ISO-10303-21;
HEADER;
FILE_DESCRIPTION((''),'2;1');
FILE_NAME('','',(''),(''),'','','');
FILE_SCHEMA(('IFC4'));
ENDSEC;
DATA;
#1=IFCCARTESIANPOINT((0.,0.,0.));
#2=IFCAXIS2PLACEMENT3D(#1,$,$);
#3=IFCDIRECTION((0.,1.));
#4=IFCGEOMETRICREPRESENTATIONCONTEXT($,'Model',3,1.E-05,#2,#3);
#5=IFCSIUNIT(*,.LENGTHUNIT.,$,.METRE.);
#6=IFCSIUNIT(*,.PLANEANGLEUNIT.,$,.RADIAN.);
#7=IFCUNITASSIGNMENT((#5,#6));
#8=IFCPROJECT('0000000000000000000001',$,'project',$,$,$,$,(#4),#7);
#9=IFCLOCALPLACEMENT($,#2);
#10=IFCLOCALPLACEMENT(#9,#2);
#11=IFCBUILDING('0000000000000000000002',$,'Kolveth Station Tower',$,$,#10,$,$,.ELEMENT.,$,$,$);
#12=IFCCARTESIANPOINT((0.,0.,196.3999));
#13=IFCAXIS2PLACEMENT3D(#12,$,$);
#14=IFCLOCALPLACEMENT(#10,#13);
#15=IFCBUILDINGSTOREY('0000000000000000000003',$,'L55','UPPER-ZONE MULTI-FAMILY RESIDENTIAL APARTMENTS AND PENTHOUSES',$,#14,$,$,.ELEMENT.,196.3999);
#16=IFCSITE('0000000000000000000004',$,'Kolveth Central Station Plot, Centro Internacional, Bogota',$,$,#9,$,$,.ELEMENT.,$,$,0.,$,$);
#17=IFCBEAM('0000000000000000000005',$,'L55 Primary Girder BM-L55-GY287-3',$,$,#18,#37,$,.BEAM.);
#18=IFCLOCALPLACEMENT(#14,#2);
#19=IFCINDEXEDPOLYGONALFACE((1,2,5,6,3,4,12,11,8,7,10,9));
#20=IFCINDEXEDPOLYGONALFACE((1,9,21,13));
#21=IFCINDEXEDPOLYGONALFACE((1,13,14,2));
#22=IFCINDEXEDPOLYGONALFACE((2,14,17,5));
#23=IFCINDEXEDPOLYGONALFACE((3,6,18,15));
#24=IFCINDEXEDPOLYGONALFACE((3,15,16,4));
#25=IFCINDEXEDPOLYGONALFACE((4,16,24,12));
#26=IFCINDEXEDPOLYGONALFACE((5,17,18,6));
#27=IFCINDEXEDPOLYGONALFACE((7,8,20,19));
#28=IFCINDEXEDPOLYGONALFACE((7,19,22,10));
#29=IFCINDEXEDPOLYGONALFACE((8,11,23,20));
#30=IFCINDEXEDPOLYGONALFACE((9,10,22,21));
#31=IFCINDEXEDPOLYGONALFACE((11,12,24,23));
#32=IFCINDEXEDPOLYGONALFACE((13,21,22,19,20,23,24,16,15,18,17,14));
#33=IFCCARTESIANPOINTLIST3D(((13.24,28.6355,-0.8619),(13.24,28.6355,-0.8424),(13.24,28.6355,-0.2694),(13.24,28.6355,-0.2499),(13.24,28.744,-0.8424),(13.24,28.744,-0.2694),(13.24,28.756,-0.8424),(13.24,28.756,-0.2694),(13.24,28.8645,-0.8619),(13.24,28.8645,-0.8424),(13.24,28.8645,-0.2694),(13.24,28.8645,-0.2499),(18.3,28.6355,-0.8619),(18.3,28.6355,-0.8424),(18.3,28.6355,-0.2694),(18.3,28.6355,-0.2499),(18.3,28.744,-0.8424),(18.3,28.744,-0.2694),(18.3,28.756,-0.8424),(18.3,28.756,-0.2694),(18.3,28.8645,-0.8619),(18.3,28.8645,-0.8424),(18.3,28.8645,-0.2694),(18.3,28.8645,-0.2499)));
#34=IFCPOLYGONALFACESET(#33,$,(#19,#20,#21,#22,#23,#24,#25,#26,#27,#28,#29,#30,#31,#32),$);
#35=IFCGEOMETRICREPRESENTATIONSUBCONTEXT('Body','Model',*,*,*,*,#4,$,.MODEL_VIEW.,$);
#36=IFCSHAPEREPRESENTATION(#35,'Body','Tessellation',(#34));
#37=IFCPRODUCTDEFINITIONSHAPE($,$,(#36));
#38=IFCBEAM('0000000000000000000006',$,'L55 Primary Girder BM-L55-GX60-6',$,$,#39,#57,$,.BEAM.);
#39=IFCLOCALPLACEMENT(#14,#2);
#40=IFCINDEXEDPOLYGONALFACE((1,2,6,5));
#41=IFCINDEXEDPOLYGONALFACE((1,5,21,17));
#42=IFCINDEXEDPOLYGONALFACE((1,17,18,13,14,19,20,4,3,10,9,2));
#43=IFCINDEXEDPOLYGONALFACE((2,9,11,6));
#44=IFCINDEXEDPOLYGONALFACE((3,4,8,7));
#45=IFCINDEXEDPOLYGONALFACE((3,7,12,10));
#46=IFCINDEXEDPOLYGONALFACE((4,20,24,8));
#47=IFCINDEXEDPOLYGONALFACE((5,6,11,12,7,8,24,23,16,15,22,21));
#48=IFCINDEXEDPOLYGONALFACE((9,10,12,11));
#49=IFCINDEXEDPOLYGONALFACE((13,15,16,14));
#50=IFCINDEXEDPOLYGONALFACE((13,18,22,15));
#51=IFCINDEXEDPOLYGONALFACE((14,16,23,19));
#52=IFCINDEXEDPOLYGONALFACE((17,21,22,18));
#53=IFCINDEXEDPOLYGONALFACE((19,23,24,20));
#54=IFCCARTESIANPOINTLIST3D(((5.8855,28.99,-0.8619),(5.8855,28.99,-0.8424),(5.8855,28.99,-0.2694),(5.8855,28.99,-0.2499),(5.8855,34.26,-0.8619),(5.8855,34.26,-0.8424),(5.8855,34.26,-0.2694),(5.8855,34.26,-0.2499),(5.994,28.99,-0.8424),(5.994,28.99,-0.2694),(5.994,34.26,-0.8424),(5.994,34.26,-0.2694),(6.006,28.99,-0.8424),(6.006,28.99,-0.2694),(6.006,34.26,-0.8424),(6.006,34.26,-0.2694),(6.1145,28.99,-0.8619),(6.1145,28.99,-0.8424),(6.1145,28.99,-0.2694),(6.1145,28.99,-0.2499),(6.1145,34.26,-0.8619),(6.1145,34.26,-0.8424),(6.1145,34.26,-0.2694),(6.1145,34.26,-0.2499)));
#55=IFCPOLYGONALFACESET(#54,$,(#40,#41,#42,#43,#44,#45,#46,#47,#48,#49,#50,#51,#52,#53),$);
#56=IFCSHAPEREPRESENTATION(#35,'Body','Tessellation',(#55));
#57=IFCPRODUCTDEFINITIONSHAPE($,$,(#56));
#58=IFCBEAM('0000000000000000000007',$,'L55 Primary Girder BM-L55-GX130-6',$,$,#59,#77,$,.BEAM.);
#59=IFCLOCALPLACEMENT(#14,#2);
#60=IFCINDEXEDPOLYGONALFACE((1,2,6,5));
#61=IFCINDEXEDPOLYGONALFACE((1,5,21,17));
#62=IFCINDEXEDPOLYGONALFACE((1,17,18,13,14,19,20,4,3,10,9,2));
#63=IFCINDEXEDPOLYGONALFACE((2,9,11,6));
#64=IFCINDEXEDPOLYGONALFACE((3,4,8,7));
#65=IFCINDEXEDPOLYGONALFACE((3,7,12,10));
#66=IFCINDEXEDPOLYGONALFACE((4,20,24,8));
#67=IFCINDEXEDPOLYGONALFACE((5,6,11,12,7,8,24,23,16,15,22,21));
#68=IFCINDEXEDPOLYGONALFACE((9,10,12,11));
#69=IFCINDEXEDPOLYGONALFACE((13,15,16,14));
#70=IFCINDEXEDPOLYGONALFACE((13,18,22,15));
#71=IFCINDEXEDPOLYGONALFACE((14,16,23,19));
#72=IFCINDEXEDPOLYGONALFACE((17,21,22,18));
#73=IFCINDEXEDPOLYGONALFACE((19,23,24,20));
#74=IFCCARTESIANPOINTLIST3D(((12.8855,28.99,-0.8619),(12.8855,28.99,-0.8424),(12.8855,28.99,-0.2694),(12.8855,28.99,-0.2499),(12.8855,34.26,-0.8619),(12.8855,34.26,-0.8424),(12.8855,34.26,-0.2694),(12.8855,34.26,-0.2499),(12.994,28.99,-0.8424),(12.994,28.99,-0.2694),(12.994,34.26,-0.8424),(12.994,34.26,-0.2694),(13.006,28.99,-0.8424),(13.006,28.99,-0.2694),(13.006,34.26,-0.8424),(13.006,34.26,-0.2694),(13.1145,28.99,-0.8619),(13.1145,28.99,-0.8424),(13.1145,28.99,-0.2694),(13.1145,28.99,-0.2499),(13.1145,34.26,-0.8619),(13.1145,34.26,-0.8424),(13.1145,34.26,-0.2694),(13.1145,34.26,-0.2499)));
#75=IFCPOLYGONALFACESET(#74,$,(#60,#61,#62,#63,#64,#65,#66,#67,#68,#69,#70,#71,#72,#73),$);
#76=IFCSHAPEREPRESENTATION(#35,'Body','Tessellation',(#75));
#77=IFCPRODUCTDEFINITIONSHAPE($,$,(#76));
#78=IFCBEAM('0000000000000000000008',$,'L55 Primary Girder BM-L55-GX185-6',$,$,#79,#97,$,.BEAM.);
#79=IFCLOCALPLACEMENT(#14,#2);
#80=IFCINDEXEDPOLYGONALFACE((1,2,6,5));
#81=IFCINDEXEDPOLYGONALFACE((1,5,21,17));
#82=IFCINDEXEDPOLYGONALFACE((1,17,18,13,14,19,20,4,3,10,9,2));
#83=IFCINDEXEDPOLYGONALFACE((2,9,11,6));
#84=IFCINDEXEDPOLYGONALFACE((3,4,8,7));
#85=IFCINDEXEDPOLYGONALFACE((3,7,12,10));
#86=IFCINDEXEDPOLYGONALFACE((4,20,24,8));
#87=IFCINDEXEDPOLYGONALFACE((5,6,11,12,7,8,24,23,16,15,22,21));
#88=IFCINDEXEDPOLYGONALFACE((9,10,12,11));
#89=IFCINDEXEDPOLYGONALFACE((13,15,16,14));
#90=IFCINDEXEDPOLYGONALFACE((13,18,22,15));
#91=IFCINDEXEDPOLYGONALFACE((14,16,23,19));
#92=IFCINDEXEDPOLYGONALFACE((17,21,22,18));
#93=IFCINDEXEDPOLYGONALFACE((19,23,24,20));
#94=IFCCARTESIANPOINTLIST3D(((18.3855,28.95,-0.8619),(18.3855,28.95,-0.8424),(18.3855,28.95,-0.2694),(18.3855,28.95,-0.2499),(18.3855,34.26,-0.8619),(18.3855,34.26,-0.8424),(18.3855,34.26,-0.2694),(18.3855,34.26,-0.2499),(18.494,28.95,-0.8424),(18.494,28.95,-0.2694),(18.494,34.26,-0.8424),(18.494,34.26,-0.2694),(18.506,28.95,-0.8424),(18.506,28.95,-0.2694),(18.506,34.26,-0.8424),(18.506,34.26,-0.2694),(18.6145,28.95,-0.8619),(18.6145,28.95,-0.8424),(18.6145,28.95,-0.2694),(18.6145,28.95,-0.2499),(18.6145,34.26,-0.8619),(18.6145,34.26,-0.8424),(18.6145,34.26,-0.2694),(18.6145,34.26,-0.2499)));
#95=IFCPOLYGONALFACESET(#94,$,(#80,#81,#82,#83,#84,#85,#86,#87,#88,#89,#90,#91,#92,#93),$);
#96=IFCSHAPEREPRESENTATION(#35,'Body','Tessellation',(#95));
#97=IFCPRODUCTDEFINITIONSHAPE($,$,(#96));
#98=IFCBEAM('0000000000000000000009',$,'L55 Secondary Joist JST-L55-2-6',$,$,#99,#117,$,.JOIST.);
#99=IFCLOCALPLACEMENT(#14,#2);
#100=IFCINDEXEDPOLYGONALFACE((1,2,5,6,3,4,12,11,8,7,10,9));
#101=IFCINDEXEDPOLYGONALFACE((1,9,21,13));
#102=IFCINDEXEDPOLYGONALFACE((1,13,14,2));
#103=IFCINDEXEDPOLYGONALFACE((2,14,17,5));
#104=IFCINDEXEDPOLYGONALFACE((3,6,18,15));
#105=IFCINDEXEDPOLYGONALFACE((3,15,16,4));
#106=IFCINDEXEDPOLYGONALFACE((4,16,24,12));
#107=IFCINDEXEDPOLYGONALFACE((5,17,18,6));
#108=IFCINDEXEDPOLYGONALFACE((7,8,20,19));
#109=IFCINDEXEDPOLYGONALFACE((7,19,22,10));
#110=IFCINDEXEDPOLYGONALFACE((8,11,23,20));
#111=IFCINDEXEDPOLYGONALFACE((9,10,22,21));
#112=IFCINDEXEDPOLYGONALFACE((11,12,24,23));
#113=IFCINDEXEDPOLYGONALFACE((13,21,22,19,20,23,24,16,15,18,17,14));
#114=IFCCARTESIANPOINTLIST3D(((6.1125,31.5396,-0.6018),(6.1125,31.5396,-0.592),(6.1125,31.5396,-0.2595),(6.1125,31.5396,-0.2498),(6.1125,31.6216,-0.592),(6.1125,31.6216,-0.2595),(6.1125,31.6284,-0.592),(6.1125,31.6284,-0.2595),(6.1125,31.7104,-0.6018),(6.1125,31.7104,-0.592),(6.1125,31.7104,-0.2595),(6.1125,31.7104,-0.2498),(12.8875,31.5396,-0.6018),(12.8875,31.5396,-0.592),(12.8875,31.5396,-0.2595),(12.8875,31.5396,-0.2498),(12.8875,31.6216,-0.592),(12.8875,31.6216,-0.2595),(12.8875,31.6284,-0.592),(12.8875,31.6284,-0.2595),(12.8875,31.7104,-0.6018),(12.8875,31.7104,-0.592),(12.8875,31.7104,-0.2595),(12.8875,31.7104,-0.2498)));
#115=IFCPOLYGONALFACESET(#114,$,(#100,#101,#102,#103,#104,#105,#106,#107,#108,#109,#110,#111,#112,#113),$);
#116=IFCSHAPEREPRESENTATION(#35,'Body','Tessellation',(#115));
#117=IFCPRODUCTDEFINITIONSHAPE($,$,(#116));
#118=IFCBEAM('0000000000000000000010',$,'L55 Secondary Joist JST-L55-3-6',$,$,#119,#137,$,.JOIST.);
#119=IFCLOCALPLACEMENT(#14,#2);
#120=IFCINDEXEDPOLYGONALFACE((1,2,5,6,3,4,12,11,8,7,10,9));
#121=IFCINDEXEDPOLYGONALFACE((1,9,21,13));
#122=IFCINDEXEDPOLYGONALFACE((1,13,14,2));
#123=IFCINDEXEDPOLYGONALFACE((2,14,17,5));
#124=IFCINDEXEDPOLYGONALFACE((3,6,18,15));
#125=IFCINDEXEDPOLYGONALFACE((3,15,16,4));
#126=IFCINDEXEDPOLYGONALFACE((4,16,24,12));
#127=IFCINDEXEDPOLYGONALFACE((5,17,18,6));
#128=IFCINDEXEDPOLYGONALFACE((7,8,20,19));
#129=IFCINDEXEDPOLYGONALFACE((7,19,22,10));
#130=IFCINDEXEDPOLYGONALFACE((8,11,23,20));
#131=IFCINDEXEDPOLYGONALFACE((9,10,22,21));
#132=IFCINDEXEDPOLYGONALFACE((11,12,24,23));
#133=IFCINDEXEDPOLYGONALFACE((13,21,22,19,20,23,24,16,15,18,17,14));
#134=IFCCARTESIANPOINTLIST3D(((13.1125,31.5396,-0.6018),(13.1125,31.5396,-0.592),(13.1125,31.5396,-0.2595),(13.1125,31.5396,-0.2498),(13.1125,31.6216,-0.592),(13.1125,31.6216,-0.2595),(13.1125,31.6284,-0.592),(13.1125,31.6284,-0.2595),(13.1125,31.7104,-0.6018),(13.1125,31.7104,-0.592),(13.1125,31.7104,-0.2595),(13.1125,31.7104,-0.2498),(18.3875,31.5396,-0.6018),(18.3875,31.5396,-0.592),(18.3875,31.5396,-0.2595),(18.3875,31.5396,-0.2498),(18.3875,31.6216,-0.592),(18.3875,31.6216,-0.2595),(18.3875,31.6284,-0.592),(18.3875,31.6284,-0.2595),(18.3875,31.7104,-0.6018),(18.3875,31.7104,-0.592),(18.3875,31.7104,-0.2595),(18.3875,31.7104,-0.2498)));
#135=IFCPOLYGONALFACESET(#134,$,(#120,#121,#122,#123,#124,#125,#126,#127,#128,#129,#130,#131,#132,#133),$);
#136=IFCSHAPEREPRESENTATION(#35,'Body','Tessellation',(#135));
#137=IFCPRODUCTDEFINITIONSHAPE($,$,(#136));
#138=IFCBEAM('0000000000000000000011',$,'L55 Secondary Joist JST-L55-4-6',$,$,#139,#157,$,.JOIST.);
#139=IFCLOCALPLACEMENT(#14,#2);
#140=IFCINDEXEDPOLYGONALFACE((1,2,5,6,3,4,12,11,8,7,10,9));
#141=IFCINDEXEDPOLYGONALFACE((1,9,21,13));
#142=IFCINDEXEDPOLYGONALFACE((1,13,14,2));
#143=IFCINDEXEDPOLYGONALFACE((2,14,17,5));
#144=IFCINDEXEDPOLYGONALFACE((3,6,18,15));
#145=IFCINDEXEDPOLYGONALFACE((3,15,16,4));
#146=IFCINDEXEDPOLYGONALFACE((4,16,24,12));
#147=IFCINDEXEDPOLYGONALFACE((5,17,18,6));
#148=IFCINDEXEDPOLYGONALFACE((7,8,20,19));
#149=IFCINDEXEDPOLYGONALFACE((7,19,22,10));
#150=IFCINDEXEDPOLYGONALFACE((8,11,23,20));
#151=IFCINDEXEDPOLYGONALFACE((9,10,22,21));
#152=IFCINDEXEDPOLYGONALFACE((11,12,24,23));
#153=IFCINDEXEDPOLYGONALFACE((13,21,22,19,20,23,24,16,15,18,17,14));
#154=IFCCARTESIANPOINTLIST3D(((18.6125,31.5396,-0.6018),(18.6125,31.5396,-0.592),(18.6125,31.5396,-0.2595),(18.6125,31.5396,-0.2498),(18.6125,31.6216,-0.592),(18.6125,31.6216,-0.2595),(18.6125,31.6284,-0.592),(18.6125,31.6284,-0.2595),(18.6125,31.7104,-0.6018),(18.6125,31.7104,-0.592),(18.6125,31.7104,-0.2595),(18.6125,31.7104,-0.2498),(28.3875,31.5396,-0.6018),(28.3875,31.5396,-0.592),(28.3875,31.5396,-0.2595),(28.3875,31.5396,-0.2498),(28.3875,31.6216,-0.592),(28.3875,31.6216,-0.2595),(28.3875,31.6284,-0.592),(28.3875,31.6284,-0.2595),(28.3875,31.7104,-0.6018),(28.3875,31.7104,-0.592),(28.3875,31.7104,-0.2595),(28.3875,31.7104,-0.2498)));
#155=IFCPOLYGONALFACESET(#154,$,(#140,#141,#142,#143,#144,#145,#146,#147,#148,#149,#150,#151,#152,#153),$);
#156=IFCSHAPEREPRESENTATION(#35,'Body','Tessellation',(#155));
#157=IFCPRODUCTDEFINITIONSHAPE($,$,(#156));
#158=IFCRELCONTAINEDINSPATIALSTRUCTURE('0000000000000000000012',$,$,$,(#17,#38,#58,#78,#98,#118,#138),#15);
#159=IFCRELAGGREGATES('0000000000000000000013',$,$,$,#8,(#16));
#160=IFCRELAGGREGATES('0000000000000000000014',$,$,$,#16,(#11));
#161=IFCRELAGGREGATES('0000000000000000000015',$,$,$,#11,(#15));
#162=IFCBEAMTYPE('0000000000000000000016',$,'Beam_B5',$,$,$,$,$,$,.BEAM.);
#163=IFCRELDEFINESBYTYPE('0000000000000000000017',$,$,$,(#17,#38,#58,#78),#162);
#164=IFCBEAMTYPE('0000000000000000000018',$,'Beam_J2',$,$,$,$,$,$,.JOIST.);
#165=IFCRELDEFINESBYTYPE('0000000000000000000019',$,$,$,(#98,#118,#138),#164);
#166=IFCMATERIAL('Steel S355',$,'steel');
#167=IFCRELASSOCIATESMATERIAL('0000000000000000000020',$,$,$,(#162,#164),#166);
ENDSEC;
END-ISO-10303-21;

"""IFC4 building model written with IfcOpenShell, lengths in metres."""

from ifc_helpers import new_model, si_unit, direction, frame, origin, origin_2d, place, context, subcontext, project, spatial, i_section, extrude, source, transform, mapped, material, material_profile, profile_set, type_object, element, save


model = new_model("IFC4")

# Units and contexts
model_context = context("Model", 3, precision=1e-05, world=origin(), true_north=direction((0.0, 1.0)))
body_context = subcontext(model_context, "Body", "Model", "MODEL_VIEW")
ifc_project = project(units=[si_unit("LENGTHUNIT", "METRE"), si_unit("PLANEANGLEUNIT", "RADIAN")], contexts=[model_context])

# Site, building, storey
site_placement = place(None, origin())
site = spatial("IfcSite", under=ifc_project, at=site_placement, Name="Kolveth Central Station Plot, Centro Internacional, Bogota", CompositionType="ELEMENT", RefElevation=0.0)
building_placement = place(site_placement, origin())
building = spatial("IfcBuilding", under=site, at=building_placement, Name="Kolveth Station Tower", CompositionType="ELEMENT")
storey_placement = place(building_placement, frame((0.0, 0.0, 196.3999)))
storey = spatial("IfcBuildingStorey", under=building, at=storey_placement, Name="L55", Description="UPPER-ZONE MULTI-FAMILY RESIDENTIAL APARTMENTS AND PENTHOUSES", CompositionType="ELEMENT", Elevation=196.3999)

# Shared definitions
ifc_material_1 = material(Name="Steel S355", Category="steel")

# Beams
ifc_material_profile_1 = material_profile(ifc_material_1, i_section(OverallWidth=0.229, OverallDepth=0.6121, WebThickness=0.012, FlangeThickness=0.0195, at=origin_2d()), Name="W610x125")
ifc_profile_set_1 = profile_set([ifc_material_profile_1], Name="Steel S355")
beam_type_1 = type_object("IfcBeamType", Name="Beam_B5", PredefinedType="BEAM", material=ifc_profile_set_1)
shared_shape_1 = source(origin(), body_context, "Body", "SweptSolid", [
    extrude(i_section(OverallWidth=0.229, OverallDepth=0.6121, WebThickness=0.012, FlangeThickness=0.0195, at=origin_2d()), origin(), (0.0, 0.0, 1.0), 5.0601),
])
beam_1_placement = place(storey_placement, frame((13.24, 28.75, -0.5559), z_axis=(1.0, 0.0, 0.0), x_axis=(0.0, 1.0, 0.0)))
element("IfcBeam", 1, at=beam_1_placement, inside=storey, type_object=beam_type_1, Name="L55 Primary Girder BM-L55-GY287-3", PredefinedType="BEAM", context=body_context, shape_type="MappedRepresentation", body=[
    mapped(shared_shape_1, transform((0.0, 0.0, 0.0), x_axis=(1.0, 0.0, 0.0), y_axis=(0.0, 1.0, 0.0), z_axis=(0.0, 0.0, 1.0), scale=1.0)),
])
shared_shape_2 = source(origin(), body_context, "Body", "SweptSolid", [
    extrude(i_section(OverallWidth=0.229, OverallDepth=0.6121, WebThickness=0.012, FlangeThickness=0.0195, at=origin_2d()), origin(), (0.0, 0.0, 1.0), 5.27),
])
for number, where, z_axis, x_axis, name in (
    (2, (6.0, 28.99, -0.5559), (0.0, 1.0, 0.0), (-1.0, 0.0, 0.0), "L55 Primary Girder BM-L55-GX60-6"),
    (3, (13.0, 28.99, -0.5559), (0.0, 1.0, 0.0), (-1.0, 0.0, 0.0), "L55 Primary Girder BM-L55-GX130-6"),
):
    element("IfcBeam", number, at=place(storey_placement, frame(where, z_axis=z_axis, x_axis=x_axis)), inside=storey, type_object=beam_type_1, Name=name, PredefinedType="BEAM", context=body_context, shape_type="MappedRepresentation", body=[
        mapped(shared_shape_2, transform((0.0, 0.0, 0.0), x_axis=(1.0, 0.0, 0.0), y_axis=(0.0, 1.0, 0.0), z_axis=(0.0, 0.0, 1.0), scale=1.0)),
    ])
shared_shape_3 = source(origin(), body_context, "Body", "SweptSolid", [
    extrude(i_section(OverallWidth=0.229, OverallDepth=0.6121, WebThickness=0.012, FlangeThickness=0.0195, at=origin_2d()), origin(), (0.0, 0.0, 1.0), 5.3101),
])
beam_2_placement = place(storey_placement, frame((18.5, 28.95, -0.5559), z_axis=(0.0, 1.0, 0.0), x_axis=(-1.0, 0.0, 0.0)))
element("IfcBeam", 4, at=beam_2_placement, inside=storey, type_object=beam_type_1, Name="L55 Primary Girder BM-L55-GX185-6", PredefinedType="BEAM", context=body_context, shape_type="MappedRepresentation", body=[
    mapped(shared_shape_3, transform((0.0, 0.0, 0.0), x_axis=(1.0, 0.0, 0.0), y_axis=(0.0, 1.0, 0.0), z_axis=(0.0, 0.0, 1.0), scale=1.0)),
])
ifc_material_profile_2 = material_profile(ifc_material_1, i_section(OverallWidth=0.1709, OverallDepth=0.3521, WebThickness=0.0068, FlangeThickness=0.0098, at=origin_2d()), Name="W360x44")
ifc_profile_set_2 = profile_set([ifc_material_profile_2], Name="Steel S355")
beam_type_2 = type_object("IfcBeamType", Name="Beam_J2", PredefinedType="JOIST", material=ifc_profile_set_2)
shared_shape_4 = source(origin(), body_context, "Body", "SweptSolid", [
    extrude(i_section(OverallWidth=0.1709, OverallDepth=0.3521, WebThickness=0.0068, FlangeThickness=0.0098, at=origin_2d()), origin(), (0.0, 0.0, 1.0), 6.7749),
])
beam_3_placement = place(storey_placement, frame((6.1125, 31.625, -0.4258), z_axis=(1.0, 0.0, 0.0), x_axis=(0.0, 1.0, 0.0)))
element("IfcBeam", 5, at=beam_3_placement, inside=storey, type_object=beam_type_2, Name="L55 Secondary Joist JST-L55-2-6", PredefinedType="JOIST", context=body_context, shape_type="MappedRepresentation", body=[
    mapped(shared_shape_4, transform((0.0, 0.0, 0.0), x_axis=(1.0, 0.0, 0.0), y_axis=(0.0, 1.0, 0.0), z_axis=(0.0, 0.0, 1.0), scale=1.0)),
])
shared_shape_5 = source(origin(), body_context, "Body", "SweptSolid", [
    extrude(i_section(OverallWidth=0.1709, OverallDepth=0.3521, WebThickness=0.0068, FlangeThickness=0.0098, at=origin_2d()), origin(), (0.0, 0.0, 1.0), 5.2749),
])
beam_4_placement = place(storey_placement, frame((13.1125, 31.625, -0.4258), z_axis=(1.0, 0.0, 0.0), x_axis=(0.0, 1.0, 0.0)))
element("IfcBeam", 6, at=beam_4_placement, inside=storey, type_object=beam_type_2, Name="L55 Secondary Joist JST-L55-3-6", PredefinedType="JOIST", context=body_context, shape_type="MappedRepresentation", body=[
    mapped(shared_shape_5, transform((0.0, 0.0, 0.0), x_axis=(1.0, 0.0, 0.0), y_axis=(0.0, 1.0, 0.0), z_axis=(0.0, 0.0, 1.0), scale=1.0)),
])
shared_shape_6 = source(origin(), body_context, "Body", "SweptSolid", [
    extrude(i_section(OverallWidth=0.1709, OverallDepth=0.3521, WebThickness=0.0068, FlangeThickness=0.0098, at=origin_2d()), origin(), (0.0, 0.0, 1.0), 9.7749),
])
beam_5_placement = place(storey_placement, frame((18.6125, 31.625, -0.4258), z_axis=(1.0, 0.0, 0.0), x_axis=(0.0, 1.0, 0.0)))
element("IfcBeam", 7, at=beam_5_placement, inside=storey, type_object=beam_type_2, Name="L55 Secondary Joist JST-L55-4-6", PredefinedType="JOIST", context=body_context, shape_type="MappedRepresentation", body=[
    mapped(shared_shape_6, transform((0.0, 0.0, 0.0), x_axis=(1.0, 0.0, 0.0), y_axis=(0.0, 1.0, 0.0), z_axis=(0.0, 0.0, 1.0), scale=1.0)),
])

save(model, "model.ifc")
